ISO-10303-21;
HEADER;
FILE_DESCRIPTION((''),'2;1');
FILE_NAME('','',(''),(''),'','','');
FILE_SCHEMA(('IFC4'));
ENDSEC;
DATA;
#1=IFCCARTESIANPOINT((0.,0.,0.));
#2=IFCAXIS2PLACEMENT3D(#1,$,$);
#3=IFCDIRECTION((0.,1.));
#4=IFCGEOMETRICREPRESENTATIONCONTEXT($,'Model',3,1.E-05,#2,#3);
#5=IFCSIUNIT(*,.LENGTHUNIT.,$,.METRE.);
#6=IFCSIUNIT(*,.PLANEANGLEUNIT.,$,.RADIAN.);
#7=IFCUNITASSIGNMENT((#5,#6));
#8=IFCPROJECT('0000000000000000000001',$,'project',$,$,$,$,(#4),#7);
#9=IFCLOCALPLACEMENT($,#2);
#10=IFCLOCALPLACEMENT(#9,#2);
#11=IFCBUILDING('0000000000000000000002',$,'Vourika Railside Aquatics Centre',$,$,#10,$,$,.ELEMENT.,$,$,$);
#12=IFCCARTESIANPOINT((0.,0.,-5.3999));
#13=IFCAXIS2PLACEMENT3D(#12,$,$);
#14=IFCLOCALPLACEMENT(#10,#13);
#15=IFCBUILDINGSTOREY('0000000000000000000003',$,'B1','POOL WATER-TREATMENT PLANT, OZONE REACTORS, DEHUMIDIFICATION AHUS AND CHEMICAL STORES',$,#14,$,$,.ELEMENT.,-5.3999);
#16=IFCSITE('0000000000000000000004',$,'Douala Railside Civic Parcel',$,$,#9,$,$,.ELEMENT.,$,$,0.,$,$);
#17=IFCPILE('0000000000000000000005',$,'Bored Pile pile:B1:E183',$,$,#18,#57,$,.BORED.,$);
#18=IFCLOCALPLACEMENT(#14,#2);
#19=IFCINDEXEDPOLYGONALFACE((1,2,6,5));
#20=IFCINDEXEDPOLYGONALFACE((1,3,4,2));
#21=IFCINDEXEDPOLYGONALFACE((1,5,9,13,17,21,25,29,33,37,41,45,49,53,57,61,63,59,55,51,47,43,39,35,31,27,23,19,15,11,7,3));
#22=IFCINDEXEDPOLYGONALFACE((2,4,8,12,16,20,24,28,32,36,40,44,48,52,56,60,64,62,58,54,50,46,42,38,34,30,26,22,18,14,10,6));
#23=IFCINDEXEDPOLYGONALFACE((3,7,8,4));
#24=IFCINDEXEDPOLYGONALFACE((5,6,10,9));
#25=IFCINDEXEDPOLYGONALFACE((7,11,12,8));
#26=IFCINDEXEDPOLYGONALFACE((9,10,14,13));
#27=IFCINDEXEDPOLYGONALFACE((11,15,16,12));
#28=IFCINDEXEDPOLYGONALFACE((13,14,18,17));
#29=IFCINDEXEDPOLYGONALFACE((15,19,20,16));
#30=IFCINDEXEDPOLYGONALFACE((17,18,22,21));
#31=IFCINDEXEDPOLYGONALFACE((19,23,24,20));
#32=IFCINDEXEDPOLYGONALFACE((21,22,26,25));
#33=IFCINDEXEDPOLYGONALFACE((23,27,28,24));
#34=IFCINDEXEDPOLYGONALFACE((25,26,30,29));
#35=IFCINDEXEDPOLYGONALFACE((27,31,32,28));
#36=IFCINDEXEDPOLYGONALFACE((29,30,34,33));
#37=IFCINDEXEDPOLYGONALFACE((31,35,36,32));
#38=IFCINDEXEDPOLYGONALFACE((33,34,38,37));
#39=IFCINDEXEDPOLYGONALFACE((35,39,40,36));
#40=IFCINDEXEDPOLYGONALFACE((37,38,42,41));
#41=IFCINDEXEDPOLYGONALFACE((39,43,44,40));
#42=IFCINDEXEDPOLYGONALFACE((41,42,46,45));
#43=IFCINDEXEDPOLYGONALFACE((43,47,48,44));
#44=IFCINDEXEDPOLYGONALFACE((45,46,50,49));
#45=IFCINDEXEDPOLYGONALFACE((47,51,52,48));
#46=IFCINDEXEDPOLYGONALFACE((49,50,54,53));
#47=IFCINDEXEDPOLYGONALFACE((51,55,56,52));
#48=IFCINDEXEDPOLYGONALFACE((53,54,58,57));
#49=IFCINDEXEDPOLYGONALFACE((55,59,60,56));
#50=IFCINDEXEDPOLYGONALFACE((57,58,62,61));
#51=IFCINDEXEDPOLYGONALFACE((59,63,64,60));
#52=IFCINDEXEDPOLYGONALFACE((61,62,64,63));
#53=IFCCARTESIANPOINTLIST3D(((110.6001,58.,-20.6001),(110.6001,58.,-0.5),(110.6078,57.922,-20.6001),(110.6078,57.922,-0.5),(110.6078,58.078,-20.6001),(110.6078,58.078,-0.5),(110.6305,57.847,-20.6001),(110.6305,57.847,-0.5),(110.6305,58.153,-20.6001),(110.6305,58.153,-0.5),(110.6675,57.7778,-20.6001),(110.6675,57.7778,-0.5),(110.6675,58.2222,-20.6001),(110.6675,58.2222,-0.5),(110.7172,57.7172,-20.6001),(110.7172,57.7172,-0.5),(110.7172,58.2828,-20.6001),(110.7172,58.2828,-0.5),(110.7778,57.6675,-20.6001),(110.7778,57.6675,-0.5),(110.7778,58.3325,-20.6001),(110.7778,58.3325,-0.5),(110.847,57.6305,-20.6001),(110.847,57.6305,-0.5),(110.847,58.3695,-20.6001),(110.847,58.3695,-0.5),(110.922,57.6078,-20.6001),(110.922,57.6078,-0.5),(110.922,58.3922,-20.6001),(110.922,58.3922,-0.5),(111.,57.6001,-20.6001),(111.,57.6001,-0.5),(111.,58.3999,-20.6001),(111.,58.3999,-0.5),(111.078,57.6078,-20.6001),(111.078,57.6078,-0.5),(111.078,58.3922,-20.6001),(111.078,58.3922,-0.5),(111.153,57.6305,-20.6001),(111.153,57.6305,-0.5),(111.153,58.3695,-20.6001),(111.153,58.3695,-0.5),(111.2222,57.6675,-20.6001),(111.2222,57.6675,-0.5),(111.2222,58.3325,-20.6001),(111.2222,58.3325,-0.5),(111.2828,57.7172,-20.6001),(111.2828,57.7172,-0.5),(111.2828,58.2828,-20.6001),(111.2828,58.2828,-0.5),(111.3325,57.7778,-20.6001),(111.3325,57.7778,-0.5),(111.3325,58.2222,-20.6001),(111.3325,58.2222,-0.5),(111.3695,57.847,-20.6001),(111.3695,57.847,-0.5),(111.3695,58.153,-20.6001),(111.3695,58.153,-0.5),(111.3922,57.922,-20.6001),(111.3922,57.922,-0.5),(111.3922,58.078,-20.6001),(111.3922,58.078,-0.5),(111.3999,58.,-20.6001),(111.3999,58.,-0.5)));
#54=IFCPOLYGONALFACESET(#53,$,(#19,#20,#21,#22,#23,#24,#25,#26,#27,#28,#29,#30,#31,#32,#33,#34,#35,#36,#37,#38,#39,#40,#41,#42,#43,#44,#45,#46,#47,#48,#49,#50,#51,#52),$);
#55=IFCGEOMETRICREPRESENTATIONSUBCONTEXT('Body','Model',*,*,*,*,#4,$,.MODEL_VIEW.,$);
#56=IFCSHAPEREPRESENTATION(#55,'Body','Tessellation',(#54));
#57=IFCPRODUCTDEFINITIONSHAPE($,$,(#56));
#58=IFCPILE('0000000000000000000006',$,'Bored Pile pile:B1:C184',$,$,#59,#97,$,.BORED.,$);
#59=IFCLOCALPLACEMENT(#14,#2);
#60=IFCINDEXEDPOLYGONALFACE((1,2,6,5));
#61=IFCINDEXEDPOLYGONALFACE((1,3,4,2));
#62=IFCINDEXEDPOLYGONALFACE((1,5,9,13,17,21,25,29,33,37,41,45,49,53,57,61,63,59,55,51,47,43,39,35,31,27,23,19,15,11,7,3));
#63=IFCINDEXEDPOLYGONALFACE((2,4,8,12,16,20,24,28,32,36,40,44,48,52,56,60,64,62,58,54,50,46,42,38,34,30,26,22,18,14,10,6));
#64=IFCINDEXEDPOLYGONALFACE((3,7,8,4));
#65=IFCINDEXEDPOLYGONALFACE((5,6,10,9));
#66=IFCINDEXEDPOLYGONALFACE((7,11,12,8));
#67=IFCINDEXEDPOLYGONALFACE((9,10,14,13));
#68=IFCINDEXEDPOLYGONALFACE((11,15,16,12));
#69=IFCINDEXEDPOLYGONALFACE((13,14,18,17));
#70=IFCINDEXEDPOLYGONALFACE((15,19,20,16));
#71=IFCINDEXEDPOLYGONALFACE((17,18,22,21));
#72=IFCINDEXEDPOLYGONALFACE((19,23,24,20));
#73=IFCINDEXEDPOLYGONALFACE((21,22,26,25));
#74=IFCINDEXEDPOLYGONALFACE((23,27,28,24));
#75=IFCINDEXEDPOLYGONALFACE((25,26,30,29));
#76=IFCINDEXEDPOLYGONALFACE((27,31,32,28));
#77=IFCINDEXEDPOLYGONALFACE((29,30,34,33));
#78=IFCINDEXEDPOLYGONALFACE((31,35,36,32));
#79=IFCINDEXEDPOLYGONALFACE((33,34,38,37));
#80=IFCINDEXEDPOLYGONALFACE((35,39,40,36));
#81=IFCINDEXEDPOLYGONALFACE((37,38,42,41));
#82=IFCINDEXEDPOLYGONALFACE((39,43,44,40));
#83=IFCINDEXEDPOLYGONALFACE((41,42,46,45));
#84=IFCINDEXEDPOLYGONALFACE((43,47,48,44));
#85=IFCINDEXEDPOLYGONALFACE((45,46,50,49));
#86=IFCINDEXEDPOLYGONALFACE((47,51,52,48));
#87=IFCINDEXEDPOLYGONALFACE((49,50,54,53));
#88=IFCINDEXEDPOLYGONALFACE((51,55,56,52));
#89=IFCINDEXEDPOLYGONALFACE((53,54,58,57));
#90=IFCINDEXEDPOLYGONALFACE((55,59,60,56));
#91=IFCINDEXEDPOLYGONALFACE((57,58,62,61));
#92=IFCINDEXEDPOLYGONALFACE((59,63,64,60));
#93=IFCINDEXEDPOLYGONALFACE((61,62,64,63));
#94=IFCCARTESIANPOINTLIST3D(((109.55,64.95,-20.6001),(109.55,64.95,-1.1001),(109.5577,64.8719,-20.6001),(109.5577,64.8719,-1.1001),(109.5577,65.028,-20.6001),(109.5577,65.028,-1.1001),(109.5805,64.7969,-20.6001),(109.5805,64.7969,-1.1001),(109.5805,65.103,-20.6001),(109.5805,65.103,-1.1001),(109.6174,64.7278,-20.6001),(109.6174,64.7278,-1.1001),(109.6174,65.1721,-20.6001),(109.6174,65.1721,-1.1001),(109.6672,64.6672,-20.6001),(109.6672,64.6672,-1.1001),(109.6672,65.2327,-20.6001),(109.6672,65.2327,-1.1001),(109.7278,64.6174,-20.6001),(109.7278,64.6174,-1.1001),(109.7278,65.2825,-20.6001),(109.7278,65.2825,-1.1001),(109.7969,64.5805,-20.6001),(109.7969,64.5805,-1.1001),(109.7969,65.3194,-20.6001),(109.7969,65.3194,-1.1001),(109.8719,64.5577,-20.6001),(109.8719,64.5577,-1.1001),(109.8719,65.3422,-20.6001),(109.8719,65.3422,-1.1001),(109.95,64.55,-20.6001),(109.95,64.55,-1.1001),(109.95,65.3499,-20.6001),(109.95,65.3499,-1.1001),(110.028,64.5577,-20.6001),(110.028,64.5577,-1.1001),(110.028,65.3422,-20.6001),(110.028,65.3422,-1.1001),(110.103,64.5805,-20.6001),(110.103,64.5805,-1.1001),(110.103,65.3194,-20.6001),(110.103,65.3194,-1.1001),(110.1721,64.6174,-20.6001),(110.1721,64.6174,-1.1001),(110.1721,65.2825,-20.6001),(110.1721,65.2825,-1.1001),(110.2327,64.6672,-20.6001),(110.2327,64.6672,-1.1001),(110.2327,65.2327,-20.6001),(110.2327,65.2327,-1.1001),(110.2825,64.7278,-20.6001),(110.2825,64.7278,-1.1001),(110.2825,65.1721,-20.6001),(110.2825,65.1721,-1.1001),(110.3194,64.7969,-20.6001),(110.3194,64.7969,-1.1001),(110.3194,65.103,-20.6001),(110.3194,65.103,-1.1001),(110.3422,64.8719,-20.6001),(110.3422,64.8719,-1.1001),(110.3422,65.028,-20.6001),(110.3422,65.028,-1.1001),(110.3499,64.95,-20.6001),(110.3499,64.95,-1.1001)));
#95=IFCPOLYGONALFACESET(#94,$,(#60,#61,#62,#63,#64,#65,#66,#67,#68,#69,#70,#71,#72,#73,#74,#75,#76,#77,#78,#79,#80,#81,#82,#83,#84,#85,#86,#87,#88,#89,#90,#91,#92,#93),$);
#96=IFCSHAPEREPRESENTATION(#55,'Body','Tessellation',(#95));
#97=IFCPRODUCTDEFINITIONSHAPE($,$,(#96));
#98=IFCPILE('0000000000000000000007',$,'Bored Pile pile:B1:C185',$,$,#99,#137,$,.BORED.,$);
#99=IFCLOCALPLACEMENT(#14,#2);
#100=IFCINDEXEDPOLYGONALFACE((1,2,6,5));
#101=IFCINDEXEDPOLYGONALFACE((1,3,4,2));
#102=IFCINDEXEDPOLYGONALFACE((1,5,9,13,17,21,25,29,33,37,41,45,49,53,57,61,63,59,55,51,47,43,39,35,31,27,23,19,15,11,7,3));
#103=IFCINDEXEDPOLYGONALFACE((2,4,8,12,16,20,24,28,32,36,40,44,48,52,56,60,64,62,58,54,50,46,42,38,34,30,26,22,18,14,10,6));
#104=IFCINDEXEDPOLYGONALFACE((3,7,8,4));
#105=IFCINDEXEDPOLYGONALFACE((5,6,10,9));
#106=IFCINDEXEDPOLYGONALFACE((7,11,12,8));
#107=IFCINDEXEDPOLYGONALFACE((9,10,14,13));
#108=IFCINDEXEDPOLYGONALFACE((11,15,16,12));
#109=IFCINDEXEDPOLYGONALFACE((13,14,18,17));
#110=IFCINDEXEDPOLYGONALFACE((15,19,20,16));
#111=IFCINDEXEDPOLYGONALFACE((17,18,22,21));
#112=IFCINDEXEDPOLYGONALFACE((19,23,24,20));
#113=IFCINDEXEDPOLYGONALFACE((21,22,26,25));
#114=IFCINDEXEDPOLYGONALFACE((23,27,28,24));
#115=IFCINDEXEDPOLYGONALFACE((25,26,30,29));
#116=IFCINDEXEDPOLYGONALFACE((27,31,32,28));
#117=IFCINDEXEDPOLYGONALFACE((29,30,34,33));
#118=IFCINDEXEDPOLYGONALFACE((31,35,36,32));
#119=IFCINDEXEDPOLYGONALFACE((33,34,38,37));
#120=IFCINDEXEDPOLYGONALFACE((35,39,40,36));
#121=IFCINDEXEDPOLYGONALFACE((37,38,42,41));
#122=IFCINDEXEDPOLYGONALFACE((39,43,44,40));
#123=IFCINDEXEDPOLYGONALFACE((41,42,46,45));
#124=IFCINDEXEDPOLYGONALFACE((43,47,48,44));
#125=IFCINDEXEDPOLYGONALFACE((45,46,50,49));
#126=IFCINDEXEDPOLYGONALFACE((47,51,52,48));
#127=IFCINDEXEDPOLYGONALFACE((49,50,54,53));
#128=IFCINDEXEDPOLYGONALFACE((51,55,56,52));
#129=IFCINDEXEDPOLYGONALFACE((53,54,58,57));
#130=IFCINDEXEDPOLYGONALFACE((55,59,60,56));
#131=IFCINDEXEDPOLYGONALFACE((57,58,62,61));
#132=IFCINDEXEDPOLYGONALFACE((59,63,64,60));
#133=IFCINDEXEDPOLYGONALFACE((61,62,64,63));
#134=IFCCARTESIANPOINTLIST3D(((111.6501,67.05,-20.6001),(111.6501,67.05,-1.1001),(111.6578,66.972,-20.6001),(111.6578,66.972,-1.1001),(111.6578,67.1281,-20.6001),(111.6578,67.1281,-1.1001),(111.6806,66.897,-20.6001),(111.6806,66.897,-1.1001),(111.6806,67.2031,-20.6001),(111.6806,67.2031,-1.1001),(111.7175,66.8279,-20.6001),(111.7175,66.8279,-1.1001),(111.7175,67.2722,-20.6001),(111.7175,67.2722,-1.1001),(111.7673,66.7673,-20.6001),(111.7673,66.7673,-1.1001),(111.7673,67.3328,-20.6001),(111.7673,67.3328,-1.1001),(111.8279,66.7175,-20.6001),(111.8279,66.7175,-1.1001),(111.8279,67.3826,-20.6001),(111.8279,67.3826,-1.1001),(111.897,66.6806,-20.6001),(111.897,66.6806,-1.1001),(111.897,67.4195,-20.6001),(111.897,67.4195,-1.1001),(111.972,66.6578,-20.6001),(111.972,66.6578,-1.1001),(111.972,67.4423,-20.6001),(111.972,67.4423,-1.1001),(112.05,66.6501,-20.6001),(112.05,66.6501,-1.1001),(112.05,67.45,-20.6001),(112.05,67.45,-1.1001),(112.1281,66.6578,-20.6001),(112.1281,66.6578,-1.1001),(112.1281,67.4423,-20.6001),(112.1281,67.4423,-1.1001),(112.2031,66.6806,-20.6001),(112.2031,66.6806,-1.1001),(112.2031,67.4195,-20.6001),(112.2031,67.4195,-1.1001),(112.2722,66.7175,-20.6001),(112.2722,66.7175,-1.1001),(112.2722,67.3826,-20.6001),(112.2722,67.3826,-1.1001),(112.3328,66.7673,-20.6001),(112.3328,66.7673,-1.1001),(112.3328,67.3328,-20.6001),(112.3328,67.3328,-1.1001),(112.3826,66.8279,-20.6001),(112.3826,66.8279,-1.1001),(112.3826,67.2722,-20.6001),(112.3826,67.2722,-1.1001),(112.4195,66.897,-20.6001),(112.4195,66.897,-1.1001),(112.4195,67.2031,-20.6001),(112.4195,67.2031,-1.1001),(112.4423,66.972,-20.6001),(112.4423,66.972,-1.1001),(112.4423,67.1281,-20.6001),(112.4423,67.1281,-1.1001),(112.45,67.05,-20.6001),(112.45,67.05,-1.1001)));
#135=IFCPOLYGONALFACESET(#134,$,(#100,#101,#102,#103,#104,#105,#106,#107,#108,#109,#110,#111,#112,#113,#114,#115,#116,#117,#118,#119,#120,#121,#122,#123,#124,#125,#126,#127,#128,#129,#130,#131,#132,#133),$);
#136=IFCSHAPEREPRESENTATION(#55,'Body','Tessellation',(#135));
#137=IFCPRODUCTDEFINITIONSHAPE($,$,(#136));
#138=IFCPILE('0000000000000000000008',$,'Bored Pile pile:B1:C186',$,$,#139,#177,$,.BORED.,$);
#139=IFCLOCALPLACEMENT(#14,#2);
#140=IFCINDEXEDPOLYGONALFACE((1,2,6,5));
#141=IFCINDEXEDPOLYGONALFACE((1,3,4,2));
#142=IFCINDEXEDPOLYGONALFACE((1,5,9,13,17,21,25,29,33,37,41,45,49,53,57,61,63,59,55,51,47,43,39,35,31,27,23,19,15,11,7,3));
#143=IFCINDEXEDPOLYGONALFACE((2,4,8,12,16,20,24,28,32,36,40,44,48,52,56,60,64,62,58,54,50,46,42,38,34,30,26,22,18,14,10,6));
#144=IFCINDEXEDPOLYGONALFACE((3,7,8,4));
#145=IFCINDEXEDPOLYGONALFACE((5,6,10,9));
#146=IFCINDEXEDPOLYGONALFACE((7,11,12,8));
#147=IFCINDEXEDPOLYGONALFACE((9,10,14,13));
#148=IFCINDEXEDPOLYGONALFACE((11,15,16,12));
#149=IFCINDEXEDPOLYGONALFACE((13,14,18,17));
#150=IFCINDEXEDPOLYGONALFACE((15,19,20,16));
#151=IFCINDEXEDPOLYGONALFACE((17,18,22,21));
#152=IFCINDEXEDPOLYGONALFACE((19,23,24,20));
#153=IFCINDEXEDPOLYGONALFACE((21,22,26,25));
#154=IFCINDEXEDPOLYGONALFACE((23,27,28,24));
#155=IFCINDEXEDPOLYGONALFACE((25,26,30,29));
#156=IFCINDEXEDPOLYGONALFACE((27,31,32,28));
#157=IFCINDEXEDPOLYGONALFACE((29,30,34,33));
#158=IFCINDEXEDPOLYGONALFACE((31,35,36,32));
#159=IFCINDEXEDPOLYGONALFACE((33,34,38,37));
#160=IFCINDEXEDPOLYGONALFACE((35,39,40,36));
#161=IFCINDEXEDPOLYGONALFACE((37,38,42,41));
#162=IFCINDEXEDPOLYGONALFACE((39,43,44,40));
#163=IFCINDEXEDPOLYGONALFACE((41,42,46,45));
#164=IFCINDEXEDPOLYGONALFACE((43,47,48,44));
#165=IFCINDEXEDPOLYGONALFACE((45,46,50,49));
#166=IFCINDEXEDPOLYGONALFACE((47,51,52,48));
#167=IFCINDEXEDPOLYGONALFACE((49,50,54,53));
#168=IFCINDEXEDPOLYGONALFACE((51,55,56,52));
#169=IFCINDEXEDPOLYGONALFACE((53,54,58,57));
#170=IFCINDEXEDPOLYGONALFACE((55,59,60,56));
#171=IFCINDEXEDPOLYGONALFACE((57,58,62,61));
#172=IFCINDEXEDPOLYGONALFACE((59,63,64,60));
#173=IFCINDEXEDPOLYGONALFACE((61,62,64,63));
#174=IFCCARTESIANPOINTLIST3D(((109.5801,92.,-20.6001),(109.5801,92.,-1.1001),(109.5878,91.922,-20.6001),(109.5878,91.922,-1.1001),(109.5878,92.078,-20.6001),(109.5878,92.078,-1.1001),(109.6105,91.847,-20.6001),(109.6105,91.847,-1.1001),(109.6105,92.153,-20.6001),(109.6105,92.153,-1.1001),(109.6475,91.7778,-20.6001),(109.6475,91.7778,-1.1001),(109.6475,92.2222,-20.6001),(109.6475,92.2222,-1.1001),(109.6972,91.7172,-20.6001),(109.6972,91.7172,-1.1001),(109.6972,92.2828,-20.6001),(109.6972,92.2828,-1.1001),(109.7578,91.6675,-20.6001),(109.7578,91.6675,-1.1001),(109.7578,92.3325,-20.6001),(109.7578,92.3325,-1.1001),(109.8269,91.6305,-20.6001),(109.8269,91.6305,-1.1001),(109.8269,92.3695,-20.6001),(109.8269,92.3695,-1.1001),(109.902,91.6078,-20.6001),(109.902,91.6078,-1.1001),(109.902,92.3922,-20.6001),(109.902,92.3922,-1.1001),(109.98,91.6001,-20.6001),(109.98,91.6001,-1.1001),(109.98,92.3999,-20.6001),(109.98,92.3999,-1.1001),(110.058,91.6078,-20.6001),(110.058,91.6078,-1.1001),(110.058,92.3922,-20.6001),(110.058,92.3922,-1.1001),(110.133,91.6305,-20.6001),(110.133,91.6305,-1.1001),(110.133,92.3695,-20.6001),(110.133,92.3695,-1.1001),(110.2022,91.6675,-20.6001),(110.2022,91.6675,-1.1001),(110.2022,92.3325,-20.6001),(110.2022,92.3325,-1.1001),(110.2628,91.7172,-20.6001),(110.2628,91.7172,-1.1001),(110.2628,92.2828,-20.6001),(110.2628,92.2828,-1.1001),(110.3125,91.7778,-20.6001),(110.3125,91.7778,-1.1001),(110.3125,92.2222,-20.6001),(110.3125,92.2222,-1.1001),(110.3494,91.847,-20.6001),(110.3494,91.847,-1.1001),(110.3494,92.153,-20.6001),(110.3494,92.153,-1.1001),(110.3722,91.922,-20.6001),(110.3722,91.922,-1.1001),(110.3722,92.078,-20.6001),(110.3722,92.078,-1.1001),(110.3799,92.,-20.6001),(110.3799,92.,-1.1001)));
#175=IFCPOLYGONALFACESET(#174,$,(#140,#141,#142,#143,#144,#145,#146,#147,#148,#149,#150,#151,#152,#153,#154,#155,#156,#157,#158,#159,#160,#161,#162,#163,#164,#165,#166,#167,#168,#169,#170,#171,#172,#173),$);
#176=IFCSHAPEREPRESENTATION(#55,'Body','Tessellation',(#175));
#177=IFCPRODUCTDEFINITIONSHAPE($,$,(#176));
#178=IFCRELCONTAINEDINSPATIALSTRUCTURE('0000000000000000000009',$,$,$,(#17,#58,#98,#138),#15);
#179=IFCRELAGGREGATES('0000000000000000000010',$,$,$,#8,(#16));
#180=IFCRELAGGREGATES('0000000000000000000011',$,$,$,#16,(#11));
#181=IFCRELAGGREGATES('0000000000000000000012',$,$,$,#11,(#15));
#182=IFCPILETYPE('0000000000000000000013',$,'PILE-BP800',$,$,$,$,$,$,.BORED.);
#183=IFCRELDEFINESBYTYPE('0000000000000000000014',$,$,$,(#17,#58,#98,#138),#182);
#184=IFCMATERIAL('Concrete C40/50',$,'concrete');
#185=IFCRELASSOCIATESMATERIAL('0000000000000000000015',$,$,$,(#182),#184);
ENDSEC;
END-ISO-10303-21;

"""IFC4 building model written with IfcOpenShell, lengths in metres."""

from ifc_helpers import new_model, si_unit, direction, frame, origin, origin_2d, place, context, subcontext, project, spatial, circle, extrude, material, material_profile, profile_set, type_object, element, save


model = new_model("IFC4")

# Units and contexts
model_context = context("Model", 3, precision=1e-05, world=origin(), true_north=direction((0.0, 1.0)))
body_context = subcontext(model_context, "Body", "Model", "MODEL_VIEW")
ifc_project = project(units=[si_unit("LENGTHUNIT", "METRE"), si_unit("PLANEANGLEUNIT", "RADIAN")], contexts=[model_context])

# Site, building, storey
site_placement = place(None, origin())
site = spatial("IfcSite", under=ifc_project, at=site_placement, Name="Douala Railside Civic Parcel", CompositionType="ELEMENT", RefElevation=0.0)
building_placement = place(site_placement, origin())
building = spatial("IfcBuilding", under=site, at=building_placement, Name="Vourika Railside Aquatics Centre", CompositionType="ELEMENT")
storey_placement = place(building_placement, frame((0.0, 0.0, -5.3999)))
storey = spatial("IfcBuildingStorey", under=building, at=storey_placement, Name="B1", Description="POOL WATER-TREATMENT PLANT, OZONE REACTORS, DEHUMIDIFICATION AHUS AND CHEMICAL STORES", CompositionType="ELEMENT", Elevation=-5.3999)

# Shared definitions
ifc_material = material(Name="Concrete C40/50", Category="concrete")

# Piles
ifc_material_profile_1 = material_profile(ifc_material, circle(Radius=0.3999, at=origin_2d()), Name="BP 800")
ifc_profile_set_1 = profile_set([ifc_material_profile_1], Name="Concrete C40/50")
pile_type_1 = type_object("IfcPileType", Name="PILE-BP800", PredefinedType="BORED", material=ifc_profile_set_1)
pile_1_placement = place(storey_placement, frame((111.0, 58.0, -0.5), z_axis=(0.0, 0.0, -1.0), x_axis=(1.0, 0.0, 0.0)))
element("IfcPile", 1, at=pile_1_placement, inside=storey, type_object=pile_type_1, Name="Bored Pile pile:B1:E183", PredefinedType="BORED", context=body_context, shape_type="SweptSolid", body=[
    extrude(circle(Radius=0.3999, at=origin_2d()), origin(), (0.0, 0.0, 1.0), 20.1001),
])
for number, where, z_axis, x_axis, name in (
    (2, (109.95, 64.95, -1.1001), (0.0, 0.0, -1.0), (1.0, 0.0, 0.0), "Bored Pile pile:B1:C184"),
    (3, (112.05, 67.05, -1.1001), (0.0, 0.0, -1.0), (1.0, 0.0, 0.0), "Bored Pile pile:B1:C185"),
    (4, (109.98, 92.0, -1.1001), (0.0, 0.0, -1.0), (1.0, 0.0, 0.0), "Bored Pile pile:B1:C186"),
):
    element("IfcPile", number, at=place(storey_placement, frame(where, z_axis=z_axis, x_axis=x_axis)), inside=storey, type_object=pile_type_1, Name=name, PredefinedType="BORED", context=body_context, shape_type="SweptSolid", body=[
        extrude(circle(Radius=0.3999, at=origin_2d()), origin(), (0.0, 0.0, 1.0), 19.5),
    ])

save(model, "model.ifc")
